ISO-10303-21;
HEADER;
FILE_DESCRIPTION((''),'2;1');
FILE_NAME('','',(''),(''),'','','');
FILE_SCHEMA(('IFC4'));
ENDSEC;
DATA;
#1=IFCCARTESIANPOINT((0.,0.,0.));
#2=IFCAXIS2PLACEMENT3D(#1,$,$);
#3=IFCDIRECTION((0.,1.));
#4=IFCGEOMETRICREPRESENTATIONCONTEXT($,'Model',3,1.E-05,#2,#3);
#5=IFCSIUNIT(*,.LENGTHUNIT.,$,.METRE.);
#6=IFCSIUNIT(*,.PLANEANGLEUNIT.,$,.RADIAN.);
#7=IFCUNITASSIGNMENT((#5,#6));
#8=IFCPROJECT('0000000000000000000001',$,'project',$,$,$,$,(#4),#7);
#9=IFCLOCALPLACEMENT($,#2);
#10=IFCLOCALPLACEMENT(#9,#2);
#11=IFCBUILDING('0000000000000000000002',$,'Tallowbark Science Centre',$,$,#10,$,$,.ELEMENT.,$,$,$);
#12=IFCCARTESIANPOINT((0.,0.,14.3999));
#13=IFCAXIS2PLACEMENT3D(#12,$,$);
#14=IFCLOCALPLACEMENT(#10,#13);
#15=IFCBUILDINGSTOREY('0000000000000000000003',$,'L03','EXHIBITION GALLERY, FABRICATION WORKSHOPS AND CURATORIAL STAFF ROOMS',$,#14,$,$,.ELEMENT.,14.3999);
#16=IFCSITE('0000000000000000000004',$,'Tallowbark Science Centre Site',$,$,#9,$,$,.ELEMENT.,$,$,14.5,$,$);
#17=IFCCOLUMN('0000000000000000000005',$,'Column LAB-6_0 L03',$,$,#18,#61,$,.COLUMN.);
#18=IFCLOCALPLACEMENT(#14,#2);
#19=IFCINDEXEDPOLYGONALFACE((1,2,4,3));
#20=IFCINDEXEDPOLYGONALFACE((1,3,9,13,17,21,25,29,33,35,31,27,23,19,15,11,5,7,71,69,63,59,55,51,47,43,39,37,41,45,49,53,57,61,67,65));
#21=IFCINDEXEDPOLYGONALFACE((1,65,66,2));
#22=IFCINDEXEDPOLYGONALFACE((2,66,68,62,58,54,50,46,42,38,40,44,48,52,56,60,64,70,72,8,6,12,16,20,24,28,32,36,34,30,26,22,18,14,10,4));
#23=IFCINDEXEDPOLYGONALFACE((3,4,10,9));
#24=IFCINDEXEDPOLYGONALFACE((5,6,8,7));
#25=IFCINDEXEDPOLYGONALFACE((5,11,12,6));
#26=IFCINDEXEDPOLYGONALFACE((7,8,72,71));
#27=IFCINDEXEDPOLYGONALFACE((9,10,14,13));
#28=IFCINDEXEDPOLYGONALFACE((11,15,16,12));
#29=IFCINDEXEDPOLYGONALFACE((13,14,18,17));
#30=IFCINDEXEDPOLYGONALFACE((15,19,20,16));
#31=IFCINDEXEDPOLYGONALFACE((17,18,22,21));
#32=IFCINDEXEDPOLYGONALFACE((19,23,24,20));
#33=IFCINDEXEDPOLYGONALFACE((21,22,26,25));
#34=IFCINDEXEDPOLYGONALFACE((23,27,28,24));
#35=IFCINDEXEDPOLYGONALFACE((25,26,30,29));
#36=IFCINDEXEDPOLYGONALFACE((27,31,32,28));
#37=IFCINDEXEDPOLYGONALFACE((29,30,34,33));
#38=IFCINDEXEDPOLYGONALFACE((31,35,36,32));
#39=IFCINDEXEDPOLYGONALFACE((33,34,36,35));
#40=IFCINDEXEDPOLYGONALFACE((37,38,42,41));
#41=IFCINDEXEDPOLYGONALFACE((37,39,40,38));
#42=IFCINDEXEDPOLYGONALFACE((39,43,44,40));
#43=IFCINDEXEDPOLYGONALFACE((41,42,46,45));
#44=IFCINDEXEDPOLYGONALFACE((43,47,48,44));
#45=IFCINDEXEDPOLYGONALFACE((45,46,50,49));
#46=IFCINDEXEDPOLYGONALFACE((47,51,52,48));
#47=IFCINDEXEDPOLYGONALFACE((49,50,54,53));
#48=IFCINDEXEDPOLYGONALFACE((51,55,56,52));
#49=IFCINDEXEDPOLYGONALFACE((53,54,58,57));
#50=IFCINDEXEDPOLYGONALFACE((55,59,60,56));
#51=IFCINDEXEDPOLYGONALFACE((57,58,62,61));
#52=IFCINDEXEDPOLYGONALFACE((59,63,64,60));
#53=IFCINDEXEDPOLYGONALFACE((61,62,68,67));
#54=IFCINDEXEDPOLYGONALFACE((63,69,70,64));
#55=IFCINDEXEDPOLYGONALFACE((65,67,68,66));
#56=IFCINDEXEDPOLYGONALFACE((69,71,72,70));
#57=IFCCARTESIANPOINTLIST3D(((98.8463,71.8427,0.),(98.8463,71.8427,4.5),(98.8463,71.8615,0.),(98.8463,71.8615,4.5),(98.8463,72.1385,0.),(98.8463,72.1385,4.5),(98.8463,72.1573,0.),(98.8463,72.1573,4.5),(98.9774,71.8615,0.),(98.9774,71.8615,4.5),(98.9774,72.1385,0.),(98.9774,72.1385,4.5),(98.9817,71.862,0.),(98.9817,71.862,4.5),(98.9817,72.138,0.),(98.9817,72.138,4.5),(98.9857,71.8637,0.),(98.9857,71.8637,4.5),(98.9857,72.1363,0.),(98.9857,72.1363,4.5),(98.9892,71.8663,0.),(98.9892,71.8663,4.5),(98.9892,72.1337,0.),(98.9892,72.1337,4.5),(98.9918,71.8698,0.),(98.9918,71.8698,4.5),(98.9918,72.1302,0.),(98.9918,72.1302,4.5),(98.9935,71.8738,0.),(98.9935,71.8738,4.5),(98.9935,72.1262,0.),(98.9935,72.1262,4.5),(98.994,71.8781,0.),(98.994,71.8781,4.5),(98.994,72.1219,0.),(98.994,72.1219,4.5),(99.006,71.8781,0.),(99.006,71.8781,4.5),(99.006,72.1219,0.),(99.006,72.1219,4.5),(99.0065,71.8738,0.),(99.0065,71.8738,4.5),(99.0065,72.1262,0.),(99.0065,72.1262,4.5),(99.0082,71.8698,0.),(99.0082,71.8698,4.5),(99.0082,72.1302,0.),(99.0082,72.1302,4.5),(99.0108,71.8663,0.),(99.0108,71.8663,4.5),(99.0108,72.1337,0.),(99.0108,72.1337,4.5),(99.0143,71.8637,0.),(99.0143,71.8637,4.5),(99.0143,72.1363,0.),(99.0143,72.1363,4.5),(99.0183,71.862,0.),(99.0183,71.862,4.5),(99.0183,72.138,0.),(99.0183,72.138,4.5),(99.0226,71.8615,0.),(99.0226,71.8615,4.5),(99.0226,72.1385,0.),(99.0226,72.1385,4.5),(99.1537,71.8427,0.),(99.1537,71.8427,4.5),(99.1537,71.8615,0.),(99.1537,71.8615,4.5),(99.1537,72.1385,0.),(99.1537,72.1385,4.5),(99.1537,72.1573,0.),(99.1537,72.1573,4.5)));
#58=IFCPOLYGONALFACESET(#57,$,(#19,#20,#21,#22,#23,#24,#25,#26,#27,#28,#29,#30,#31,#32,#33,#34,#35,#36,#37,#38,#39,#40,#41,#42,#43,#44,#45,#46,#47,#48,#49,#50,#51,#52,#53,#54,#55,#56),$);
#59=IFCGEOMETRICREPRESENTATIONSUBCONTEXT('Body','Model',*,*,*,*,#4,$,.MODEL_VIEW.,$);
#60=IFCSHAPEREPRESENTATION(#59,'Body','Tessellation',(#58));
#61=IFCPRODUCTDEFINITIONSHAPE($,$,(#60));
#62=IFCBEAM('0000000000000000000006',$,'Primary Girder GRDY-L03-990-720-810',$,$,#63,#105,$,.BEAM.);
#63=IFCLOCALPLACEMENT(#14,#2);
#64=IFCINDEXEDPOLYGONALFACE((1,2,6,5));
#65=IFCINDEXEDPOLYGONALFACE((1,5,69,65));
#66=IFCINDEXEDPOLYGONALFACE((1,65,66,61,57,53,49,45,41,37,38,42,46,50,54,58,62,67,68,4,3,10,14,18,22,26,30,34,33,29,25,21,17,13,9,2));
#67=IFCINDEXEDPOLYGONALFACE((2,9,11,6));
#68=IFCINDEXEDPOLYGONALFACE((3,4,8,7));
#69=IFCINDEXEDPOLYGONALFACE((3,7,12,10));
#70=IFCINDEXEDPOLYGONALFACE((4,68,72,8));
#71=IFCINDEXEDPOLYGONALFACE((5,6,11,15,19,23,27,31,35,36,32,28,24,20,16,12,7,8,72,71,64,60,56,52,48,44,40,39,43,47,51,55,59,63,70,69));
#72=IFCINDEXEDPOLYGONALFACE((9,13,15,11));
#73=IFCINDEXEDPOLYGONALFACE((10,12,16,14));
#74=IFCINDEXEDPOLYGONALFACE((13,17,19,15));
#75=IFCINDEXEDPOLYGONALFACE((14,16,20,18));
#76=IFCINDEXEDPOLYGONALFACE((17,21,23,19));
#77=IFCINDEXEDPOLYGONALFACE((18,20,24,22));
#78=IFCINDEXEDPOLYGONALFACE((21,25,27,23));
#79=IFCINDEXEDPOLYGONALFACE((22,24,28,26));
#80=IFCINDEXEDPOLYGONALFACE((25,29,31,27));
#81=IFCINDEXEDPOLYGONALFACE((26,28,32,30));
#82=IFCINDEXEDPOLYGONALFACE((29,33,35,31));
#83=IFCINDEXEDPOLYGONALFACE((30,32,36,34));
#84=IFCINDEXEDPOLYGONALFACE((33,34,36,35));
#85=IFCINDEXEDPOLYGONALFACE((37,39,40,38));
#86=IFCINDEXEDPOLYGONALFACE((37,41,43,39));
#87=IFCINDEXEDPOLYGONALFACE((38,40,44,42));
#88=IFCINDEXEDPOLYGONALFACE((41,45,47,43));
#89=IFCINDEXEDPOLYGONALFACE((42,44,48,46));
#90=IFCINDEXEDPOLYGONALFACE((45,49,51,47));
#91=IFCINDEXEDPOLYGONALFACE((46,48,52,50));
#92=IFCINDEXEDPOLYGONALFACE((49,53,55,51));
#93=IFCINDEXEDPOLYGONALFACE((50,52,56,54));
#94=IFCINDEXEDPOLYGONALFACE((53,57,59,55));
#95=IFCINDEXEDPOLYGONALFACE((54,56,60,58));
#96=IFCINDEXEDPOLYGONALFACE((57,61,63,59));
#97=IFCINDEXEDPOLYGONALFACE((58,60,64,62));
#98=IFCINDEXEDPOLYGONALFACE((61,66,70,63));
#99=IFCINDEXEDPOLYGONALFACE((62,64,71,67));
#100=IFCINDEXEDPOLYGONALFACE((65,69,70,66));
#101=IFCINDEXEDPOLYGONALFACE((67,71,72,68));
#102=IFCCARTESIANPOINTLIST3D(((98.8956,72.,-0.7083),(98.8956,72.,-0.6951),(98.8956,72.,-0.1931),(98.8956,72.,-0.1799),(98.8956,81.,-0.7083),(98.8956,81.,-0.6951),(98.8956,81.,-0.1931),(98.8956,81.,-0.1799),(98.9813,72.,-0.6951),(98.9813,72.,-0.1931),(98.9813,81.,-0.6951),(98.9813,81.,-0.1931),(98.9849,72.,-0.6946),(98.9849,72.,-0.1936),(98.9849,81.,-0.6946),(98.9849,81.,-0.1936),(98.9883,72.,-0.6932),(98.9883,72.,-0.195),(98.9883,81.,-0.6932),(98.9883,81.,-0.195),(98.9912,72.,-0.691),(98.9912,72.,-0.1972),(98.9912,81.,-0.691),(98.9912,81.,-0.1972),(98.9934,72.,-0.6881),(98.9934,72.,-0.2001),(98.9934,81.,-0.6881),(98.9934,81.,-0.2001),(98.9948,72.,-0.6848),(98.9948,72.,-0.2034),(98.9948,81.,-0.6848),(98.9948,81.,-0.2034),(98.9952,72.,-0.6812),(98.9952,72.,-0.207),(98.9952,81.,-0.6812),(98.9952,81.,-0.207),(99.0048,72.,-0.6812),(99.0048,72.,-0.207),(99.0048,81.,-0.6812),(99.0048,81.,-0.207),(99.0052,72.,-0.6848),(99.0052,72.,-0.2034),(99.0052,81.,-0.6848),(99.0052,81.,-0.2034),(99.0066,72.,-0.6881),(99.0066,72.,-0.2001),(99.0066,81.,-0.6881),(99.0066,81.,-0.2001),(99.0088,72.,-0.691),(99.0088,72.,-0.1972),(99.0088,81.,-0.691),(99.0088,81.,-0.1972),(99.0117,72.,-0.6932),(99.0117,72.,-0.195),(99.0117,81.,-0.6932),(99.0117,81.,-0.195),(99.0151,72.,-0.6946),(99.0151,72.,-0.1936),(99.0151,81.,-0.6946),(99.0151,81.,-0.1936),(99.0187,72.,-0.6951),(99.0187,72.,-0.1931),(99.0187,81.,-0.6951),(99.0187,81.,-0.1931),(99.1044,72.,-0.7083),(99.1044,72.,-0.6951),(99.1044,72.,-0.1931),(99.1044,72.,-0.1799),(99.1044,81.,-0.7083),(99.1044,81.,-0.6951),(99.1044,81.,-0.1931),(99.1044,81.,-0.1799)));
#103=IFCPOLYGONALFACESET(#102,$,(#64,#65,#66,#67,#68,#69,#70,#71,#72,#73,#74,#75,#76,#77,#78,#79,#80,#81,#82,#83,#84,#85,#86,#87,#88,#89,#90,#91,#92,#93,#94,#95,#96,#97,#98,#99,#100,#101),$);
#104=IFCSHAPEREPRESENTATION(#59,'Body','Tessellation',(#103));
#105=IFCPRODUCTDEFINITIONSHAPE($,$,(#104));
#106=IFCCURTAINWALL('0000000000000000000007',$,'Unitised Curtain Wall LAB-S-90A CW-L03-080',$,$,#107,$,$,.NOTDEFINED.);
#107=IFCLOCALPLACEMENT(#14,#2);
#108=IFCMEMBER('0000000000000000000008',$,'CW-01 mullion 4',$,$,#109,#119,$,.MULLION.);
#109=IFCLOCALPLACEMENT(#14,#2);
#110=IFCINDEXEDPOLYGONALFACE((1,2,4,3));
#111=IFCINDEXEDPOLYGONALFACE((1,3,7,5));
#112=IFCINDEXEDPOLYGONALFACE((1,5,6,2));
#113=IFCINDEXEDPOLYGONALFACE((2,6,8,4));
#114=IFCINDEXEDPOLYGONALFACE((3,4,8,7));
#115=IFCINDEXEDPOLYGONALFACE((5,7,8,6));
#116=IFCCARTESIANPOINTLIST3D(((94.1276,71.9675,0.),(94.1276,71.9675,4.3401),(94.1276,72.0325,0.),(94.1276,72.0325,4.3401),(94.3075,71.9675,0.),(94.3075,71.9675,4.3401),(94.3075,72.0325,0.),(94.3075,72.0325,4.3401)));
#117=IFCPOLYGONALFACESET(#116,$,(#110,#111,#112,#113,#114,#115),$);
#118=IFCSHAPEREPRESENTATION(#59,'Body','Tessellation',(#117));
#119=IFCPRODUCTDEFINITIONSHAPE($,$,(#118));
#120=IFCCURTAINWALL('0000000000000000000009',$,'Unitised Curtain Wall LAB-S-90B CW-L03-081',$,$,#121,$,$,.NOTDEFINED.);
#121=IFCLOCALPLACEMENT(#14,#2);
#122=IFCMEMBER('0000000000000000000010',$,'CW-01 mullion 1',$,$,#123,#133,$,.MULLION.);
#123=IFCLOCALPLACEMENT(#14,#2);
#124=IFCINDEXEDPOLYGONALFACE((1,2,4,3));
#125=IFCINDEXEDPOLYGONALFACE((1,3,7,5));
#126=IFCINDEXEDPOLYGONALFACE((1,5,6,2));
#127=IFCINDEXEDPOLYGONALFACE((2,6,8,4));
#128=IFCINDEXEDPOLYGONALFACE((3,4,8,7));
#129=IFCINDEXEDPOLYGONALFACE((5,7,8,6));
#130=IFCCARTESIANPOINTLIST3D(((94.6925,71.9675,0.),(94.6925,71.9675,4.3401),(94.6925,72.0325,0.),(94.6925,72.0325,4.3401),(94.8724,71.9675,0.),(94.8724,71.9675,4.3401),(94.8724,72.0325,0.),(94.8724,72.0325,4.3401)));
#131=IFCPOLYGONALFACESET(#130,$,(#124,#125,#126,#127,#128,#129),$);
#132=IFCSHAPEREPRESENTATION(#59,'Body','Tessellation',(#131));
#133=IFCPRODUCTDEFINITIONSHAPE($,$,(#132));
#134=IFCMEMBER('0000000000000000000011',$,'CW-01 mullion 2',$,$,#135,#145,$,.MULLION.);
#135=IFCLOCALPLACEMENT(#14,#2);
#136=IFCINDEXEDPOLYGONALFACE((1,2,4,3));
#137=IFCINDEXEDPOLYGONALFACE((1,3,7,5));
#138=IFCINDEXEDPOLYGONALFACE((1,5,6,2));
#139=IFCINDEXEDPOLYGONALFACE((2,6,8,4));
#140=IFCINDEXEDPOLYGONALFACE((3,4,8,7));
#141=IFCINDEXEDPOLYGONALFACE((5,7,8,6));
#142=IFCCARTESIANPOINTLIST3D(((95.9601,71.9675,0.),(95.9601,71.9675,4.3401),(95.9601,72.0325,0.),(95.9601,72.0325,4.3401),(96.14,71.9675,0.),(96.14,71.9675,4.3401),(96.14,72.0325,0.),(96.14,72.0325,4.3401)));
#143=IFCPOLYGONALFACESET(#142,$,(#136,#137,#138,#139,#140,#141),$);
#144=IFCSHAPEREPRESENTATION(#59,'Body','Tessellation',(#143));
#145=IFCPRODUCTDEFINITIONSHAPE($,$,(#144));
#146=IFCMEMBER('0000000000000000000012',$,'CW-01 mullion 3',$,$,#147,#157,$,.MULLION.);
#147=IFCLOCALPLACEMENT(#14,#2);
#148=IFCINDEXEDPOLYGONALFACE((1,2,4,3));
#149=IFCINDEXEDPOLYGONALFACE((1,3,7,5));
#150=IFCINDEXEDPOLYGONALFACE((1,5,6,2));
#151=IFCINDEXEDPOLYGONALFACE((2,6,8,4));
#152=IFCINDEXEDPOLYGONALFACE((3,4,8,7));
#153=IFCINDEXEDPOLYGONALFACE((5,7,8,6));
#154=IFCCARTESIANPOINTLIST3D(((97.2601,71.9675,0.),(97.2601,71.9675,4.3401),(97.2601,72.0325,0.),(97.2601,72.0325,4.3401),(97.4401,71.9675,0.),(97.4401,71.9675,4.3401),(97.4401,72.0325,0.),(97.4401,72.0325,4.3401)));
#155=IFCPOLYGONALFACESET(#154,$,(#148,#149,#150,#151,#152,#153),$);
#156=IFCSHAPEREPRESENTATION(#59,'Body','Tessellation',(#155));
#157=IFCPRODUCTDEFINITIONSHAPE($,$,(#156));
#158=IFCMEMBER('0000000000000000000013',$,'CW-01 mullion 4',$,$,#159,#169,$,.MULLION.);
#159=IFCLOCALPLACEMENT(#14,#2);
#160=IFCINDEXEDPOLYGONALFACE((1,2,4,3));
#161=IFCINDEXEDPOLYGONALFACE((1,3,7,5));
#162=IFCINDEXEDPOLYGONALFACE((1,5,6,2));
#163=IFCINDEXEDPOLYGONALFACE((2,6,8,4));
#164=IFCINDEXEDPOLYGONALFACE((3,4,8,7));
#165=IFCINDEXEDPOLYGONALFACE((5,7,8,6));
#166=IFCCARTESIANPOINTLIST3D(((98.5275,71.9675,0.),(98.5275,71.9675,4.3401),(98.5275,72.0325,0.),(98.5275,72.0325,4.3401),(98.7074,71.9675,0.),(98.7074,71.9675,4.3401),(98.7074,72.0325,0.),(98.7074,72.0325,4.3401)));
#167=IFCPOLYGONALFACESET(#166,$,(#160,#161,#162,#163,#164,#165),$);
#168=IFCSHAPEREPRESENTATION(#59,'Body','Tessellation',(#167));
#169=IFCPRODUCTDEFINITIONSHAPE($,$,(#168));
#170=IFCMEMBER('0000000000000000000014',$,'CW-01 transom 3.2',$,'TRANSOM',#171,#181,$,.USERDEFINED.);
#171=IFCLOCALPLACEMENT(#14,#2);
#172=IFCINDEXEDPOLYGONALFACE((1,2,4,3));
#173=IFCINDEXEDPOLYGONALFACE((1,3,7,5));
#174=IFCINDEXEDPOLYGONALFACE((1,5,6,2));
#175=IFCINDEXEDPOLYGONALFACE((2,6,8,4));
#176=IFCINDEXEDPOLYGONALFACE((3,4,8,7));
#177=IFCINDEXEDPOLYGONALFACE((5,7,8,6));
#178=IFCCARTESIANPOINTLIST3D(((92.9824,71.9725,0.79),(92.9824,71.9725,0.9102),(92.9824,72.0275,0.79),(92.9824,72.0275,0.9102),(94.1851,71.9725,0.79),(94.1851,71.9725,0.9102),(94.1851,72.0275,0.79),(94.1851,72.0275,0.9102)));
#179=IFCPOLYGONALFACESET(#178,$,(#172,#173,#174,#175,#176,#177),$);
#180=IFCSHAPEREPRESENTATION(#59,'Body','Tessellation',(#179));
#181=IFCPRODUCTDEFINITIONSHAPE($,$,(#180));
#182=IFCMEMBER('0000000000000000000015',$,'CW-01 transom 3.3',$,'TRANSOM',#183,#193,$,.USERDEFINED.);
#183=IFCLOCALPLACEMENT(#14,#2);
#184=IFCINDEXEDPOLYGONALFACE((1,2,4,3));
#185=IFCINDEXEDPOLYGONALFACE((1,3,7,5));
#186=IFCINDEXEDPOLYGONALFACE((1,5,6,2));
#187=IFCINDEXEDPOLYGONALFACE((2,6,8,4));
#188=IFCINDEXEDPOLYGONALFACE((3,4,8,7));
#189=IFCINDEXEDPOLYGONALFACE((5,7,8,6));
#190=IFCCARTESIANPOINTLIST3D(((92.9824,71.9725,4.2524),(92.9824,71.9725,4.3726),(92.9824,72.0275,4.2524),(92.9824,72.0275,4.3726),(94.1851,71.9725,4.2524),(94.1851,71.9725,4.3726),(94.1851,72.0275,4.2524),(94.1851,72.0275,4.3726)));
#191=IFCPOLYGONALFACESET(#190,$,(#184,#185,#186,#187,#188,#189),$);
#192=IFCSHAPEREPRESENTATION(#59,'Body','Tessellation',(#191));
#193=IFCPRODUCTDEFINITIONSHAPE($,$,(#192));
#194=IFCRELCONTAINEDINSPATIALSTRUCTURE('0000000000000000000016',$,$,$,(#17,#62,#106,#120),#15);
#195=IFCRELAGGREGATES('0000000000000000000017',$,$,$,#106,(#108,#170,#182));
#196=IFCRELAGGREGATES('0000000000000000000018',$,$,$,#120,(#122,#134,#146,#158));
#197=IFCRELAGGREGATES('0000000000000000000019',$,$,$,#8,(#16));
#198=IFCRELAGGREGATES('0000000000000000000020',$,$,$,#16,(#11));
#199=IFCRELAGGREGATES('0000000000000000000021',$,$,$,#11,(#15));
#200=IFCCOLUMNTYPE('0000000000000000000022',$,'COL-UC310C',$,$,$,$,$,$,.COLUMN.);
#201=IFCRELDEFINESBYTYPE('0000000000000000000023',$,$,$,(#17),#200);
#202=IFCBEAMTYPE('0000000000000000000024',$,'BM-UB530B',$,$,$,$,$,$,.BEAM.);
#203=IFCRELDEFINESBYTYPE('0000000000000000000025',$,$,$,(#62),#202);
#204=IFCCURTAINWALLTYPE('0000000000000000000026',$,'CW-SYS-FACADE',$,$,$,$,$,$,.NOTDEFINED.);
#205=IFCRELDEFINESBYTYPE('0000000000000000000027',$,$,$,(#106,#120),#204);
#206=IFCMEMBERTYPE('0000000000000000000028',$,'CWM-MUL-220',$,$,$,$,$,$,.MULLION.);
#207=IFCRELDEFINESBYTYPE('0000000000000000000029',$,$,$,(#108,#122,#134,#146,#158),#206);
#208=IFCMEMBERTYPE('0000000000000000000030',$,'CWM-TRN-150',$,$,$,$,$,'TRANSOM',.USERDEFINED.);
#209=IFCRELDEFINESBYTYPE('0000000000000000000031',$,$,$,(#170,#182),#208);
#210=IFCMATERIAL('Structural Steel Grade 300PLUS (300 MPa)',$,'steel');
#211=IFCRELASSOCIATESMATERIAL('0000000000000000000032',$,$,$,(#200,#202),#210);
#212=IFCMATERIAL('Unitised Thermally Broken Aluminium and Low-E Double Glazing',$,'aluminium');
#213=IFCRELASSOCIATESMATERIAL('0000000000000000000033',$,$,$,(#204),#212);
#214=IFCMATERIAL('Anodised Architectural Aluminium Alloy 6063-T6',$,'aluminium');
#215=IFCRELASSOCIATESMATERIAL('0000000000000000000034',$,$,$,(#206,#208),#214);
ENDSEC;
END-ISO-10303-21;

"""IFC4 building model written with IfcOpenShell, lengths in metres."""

from ifc_helpers import new_model, si_unit, direction, frame, origin, origin_2d, place, context, subcontext, project, spatial, rectangle, i_section, extrude, material, material_profile, profile_set, type_object, element, aggregate, save


model = new_model("IFC4")

# Units and contexts
model_context = context("Model", 3, precision=1e-05, world=origin(), true_north=direction((0.0, 1.0)))
body_context = subcontext(model_context, "Body", "Model", "MODEL_VIEW")
ifc_project = project(units=[si_unit("LENGTHUNIT", "METRE"), si_unit("PLANEANGLEUNIT", "RADIAN")], contexts=[model_context])

# Site, building, storey
site_placement = place(None, origin())
site = spatial("IfcSite", under=ifc_project, at=site_placement, Name="Tallowbark Science Centre Site", CompositionType="ELEMENT", RefElevation=14.5)
building_placement = place(site_placement, origin())
building = spatial("IfcBuilding", under=site, at=building_placement, Name="Tallowbark Science Centre", CompositionType="ELEMENT")
storey_placement = place(building_placement, frame((0.0, 0.0, 14.3999)))
storey = spatial("IfcBuildingStorey", under=building, at=storey_placement, Name="L03", Description="EXHIBITION GALLERY, FABRICATION WORKSHOPS AND CURATORIAL STAFF ROOMS", CompositionType="ELEMENT", Elevation=14.3999)

# Column
ifc_material_1 = material(Name="Structural Steel Grade 300PLUS (300 MPa)", Category="steel")
ifc_material_profile_1 = material_profile(ifc_material_1, i_section(OverallWidth=0.3074, OverallDepth=0.3147, WebThickness=0.012, FlangeThickness=0.0188, FilletRadius=0.0166, at=origin_2d()), Name="310UC118")
ifc_profile_set_1 = profile_set([ifc_material_profile_1], Name="Structural Steel Grade 300PLUS (300 MPa)")
column_type = type_object("IfcColumnType", Name="COL-UC310C", PredefinedType="COLUMN", material=ifc_profile_set_1)
column_placement = place(storey_placement, frame((99.0, 72.0, 0.0), z_axis=(0.0, 0.0, 1.0), x_axis=(1.0, 0.0, 0.0)))
element("IfcColumn", 1, at=column_placement, inside=storey, type_object=column_type, Name="Column LAB-6_0 L03", PredefinedType="COLUMN", context=body_context, shape_type="SweptSolid", body=[
    extrude(i_section(OverallWidth=0.3074, OverallDepth=0.3147, WebThickness=0.012, FlangeThickness=0.0188, FilletRadius=0.0166, at=origin_2d()), origin(), (0.0, 0.0, 1.0), 4.5),
])

# Beam
ifc_material_profile_2 = material_profile(ifc_material_1, i_section(OverallWidth=0.2087, OverallDepth=0.5283, WebThickness=0.0095, FlangeThickness=0.0132, FilletRadius=0.0139, at=origin_2d()), Name="530UB82.0")
ifc_profile_set_2 = profile_set([ifc_material_profile_2], Name="Structural Steel Grade 300PLUS (300 MPa)")
beam_type_1 = type_object("IfcBeamType", Name="BM-UB530B", PredefinedType="BEAM", material=ifc_profile_set_2)
beam_1_placement = place(storey_placement, frame((99.0, 72.0, -0.4441), z_axis=(0.0, 1.0, 0.0), x_axis=(-1.0, 0.0, 0.0)))
element("IfcBeam", 2, at=beam_1_placement, inside=storey, type_object=beam_type_1, Name="Primary Girder GRDY-L03-990-720-810", PredefinedType="BEAM", context=body_context, shape_type="SweptSolid", body=[
    extrude(i_section(OverallWidth=0.2087, OverallDepth=0.5283, WebThickness=0.0095, FlangeThickness=0.0132, FilletRadius=0.0139, at=origin_2d()), origin(), (0.0, 0.0, 1.0), 9.0),
])

# Curtain wall, member
ifc_material_2 = material(Name="Unitised Thermally Broken Aluminium and Low-E Double Glazing", Category="aluminium")
curtain_wall_type = type_object("IfcCurtainWallType", Name="CW-SYS-FACADE", PredefinedType="NOTDEFINED", material=ifc_material_2)
curtain_wall_1_placement = place(storey_placement, origin())
curtain_wall_1 = element("IfcCurtainWall", 3, at=curtain_wall_1_placement, inside=storey, type_object=curtain_wall_type, Name="Unitised Curtain Wall LAB-S-90A CW-L03-080", PredefinedType="NOTDEFINED")
ifc_material_3 = material(Name="Anodised Architectural Aluminium Alloy 6063-T6", Category="aluminium")
ifc_material_profile_3 = material_profile(ifc_material_3, rectangle(XDim=0.0649, YDim=0.1799, at=origin_2d()), Name="ALU65x180")
ifc_profile_set_3 = profile_set([ifc_material_profile_3], Name="Anodised Architectural Aluminium Alloy 6063-T6")
member_type_1 = type_object("IfcMemberType", Name="CWM-MUL-220", PredefinedType="MULLION", material=ifc_profile_set_3)
member_1_placement = place(storey_placement, frame((94.2175, 72.0, 0.0), z_axis=(0.0, 0.0, 1.0), x_axis=(0.0, 1.0, 0.0)))
member_1 = element("IfcMember", 4, at=member_1_placement, type_object=member_type_1, Name="CW-01 mullion 4", PredefinedType="MULLION", context=body_context, shape_type="SweptSolid", body=[
    extrude(rectangle(XDim=0.0649, YDim=0.1799, at=origin_2d()), origin(), (0.0, 0.0, 1.0), 4.3401),
])

# Curtain wall, members
curtain_wall_2_placement = place(storey_placement, origin())
curtain_wall_2 = element("IfcCurtainWall", 5, at=curtain_wall_2_placement, inside=storey, type_object=curtain_wall_type, Name="Unitised Curtain Wall LAB-S-90B CW-L03-081", PredefinedType="NOTDEFINED")
member_2_placement = place(storey_placement, frame((94.7825, 72.0, 0.0), z_axis=(0.0, 0.0, 1.0), x_axis=(0.0, 1.0, 0.0)))
member_2 = element("IfcMember", 6, at=member_2_placement, type_object=member_type_1, Name="CW-01 mullion 1", PredefinedType="MULLION", context=body_context, shape_type="SweptSolid", body=[
    extrude(rectangle(XDim=0.0649, YDim=0.1799, at=origin_2d()), origin(), (0.0, 0.0, 1.0), 4.3401),
])
member_3_placement = place(storey_placement, frame((96.05, 72.0, 0.0), z_axis=(0.0, 0.0, 1.0), x_axis=(0.0, 1.0, 0.0)))
member_3 = element("IfcMember", 7, at=member_3_placement, type_object=member_type_1, Name="CW-01 mullion 2", PredefinedType="MULLION", context=body_context, shape_type="SweptSolid", body=[
    extrude(rectangle(XDim=0.0649, YDim=0.1799, at=origin_2d()), origin(), (0.0, 0.0, 1.0), 4.3401),
])
member_4_placement = place(storey_placement, frame((97.3501, 72.0, 0.0), z_axis=(0.0, 0.0, 1.0), x_axis=(0.0, 1.0, 0.0)))
member_4 = element("IfcMember", 8, at=member_4_placement, type_object=member_type_1, Name="CW-01 mullion 3", PredefinedType="MULLION", context=body_context, shape_type="SweptSolid", body=[
    extrude(rectangle(XDim=0.0649, YDim=0.1799, at=origin_2d()), origin(), (0.0, 0.0, 1.0), 4.3401),
])
member_5_placement = place(storey_placement, frame((98.6174, 72.0, 0.0), z_axis=(0.0, 0.0, 1.0), x_axis=(0.0, 1.0, 0.0)))
member_5 = element("IfcMember", 9, at=member_5_placement, type_object=member_type_1, Name="CW-01 mullion 4", PredefinedType="MULLION", context=body_context, shape_type="SweptSolid", body=[
    extrude(rectangle(XDim=0.0649, YDim=0.1799, at=origin_2d()), origin(), (0.0, 0.0, 1.0), 4.3401),
])

# Members
ifc_material_profile_4 = material_profile(ifc_material_3, rectangle(XDim=0.0549, YDim=0.1201, at=origin_2d()), Name="ALU55x120")
ifc_profile_set_4 = profile_set([ifc_material_profile_4], Name="Anodised Architectural Aluminium Alloy 6063-T6")
member_type_2 = type_object("IfcMemberType", Name="CWM-TRN-150", ElementType="TRANSOM", PredefinedType="USERDEFINED", material=ifc_profile_set_4)
member_6_placement = place(storey_placement, frame((92.9824, 72.0, 0.8501), z_axis=(1.0, 0.0, 0.0), x_axis=(0.0, 1.0, 0.0)))
member_6 = element("IfcMember", 10, at=member_6_placement, type_object=member_type_2, Name="CW-01 transom 3.2", ObjectType="TRANSOM", PredefinedType="USERDEFINED", context=body_context, shape_type="SweptSolid", body=[
    extrude(rectangle(XDim=0.0549, YDim=0.1201, at=origin_2d()), origin(), (0.0, 0.0, 1.0), 1.2026),
])
member_7_placement = place(storey_placement, frame((92.9824, 72.0, 4.3125), z_axis=(1.0, 0.0, 0.0), x_axis=(0.0, 1.0, 0.0)))
member_7 = element("IfcMember", 11, at=member_7_placement, type_object=member_type_2, Name="CW-01 transom 3.3", ObjectType="TRANSOM", PredefinedType="USERDEFINED", context=body_context, shape_type="SweptSolid", body=[
    extrude(rectangle(XDim=0.0549, YDim=0.1201, at=origin_2d()), origin(), (0.0, 0.0, 1.0), 1.2026),
])

aggregate(curtain_wall_1, [member_1, member_6, member_7])
aggregate(curtain_wall_2, [member_2, member_3, member_4, member_5])

save(model, "model.ifc")
